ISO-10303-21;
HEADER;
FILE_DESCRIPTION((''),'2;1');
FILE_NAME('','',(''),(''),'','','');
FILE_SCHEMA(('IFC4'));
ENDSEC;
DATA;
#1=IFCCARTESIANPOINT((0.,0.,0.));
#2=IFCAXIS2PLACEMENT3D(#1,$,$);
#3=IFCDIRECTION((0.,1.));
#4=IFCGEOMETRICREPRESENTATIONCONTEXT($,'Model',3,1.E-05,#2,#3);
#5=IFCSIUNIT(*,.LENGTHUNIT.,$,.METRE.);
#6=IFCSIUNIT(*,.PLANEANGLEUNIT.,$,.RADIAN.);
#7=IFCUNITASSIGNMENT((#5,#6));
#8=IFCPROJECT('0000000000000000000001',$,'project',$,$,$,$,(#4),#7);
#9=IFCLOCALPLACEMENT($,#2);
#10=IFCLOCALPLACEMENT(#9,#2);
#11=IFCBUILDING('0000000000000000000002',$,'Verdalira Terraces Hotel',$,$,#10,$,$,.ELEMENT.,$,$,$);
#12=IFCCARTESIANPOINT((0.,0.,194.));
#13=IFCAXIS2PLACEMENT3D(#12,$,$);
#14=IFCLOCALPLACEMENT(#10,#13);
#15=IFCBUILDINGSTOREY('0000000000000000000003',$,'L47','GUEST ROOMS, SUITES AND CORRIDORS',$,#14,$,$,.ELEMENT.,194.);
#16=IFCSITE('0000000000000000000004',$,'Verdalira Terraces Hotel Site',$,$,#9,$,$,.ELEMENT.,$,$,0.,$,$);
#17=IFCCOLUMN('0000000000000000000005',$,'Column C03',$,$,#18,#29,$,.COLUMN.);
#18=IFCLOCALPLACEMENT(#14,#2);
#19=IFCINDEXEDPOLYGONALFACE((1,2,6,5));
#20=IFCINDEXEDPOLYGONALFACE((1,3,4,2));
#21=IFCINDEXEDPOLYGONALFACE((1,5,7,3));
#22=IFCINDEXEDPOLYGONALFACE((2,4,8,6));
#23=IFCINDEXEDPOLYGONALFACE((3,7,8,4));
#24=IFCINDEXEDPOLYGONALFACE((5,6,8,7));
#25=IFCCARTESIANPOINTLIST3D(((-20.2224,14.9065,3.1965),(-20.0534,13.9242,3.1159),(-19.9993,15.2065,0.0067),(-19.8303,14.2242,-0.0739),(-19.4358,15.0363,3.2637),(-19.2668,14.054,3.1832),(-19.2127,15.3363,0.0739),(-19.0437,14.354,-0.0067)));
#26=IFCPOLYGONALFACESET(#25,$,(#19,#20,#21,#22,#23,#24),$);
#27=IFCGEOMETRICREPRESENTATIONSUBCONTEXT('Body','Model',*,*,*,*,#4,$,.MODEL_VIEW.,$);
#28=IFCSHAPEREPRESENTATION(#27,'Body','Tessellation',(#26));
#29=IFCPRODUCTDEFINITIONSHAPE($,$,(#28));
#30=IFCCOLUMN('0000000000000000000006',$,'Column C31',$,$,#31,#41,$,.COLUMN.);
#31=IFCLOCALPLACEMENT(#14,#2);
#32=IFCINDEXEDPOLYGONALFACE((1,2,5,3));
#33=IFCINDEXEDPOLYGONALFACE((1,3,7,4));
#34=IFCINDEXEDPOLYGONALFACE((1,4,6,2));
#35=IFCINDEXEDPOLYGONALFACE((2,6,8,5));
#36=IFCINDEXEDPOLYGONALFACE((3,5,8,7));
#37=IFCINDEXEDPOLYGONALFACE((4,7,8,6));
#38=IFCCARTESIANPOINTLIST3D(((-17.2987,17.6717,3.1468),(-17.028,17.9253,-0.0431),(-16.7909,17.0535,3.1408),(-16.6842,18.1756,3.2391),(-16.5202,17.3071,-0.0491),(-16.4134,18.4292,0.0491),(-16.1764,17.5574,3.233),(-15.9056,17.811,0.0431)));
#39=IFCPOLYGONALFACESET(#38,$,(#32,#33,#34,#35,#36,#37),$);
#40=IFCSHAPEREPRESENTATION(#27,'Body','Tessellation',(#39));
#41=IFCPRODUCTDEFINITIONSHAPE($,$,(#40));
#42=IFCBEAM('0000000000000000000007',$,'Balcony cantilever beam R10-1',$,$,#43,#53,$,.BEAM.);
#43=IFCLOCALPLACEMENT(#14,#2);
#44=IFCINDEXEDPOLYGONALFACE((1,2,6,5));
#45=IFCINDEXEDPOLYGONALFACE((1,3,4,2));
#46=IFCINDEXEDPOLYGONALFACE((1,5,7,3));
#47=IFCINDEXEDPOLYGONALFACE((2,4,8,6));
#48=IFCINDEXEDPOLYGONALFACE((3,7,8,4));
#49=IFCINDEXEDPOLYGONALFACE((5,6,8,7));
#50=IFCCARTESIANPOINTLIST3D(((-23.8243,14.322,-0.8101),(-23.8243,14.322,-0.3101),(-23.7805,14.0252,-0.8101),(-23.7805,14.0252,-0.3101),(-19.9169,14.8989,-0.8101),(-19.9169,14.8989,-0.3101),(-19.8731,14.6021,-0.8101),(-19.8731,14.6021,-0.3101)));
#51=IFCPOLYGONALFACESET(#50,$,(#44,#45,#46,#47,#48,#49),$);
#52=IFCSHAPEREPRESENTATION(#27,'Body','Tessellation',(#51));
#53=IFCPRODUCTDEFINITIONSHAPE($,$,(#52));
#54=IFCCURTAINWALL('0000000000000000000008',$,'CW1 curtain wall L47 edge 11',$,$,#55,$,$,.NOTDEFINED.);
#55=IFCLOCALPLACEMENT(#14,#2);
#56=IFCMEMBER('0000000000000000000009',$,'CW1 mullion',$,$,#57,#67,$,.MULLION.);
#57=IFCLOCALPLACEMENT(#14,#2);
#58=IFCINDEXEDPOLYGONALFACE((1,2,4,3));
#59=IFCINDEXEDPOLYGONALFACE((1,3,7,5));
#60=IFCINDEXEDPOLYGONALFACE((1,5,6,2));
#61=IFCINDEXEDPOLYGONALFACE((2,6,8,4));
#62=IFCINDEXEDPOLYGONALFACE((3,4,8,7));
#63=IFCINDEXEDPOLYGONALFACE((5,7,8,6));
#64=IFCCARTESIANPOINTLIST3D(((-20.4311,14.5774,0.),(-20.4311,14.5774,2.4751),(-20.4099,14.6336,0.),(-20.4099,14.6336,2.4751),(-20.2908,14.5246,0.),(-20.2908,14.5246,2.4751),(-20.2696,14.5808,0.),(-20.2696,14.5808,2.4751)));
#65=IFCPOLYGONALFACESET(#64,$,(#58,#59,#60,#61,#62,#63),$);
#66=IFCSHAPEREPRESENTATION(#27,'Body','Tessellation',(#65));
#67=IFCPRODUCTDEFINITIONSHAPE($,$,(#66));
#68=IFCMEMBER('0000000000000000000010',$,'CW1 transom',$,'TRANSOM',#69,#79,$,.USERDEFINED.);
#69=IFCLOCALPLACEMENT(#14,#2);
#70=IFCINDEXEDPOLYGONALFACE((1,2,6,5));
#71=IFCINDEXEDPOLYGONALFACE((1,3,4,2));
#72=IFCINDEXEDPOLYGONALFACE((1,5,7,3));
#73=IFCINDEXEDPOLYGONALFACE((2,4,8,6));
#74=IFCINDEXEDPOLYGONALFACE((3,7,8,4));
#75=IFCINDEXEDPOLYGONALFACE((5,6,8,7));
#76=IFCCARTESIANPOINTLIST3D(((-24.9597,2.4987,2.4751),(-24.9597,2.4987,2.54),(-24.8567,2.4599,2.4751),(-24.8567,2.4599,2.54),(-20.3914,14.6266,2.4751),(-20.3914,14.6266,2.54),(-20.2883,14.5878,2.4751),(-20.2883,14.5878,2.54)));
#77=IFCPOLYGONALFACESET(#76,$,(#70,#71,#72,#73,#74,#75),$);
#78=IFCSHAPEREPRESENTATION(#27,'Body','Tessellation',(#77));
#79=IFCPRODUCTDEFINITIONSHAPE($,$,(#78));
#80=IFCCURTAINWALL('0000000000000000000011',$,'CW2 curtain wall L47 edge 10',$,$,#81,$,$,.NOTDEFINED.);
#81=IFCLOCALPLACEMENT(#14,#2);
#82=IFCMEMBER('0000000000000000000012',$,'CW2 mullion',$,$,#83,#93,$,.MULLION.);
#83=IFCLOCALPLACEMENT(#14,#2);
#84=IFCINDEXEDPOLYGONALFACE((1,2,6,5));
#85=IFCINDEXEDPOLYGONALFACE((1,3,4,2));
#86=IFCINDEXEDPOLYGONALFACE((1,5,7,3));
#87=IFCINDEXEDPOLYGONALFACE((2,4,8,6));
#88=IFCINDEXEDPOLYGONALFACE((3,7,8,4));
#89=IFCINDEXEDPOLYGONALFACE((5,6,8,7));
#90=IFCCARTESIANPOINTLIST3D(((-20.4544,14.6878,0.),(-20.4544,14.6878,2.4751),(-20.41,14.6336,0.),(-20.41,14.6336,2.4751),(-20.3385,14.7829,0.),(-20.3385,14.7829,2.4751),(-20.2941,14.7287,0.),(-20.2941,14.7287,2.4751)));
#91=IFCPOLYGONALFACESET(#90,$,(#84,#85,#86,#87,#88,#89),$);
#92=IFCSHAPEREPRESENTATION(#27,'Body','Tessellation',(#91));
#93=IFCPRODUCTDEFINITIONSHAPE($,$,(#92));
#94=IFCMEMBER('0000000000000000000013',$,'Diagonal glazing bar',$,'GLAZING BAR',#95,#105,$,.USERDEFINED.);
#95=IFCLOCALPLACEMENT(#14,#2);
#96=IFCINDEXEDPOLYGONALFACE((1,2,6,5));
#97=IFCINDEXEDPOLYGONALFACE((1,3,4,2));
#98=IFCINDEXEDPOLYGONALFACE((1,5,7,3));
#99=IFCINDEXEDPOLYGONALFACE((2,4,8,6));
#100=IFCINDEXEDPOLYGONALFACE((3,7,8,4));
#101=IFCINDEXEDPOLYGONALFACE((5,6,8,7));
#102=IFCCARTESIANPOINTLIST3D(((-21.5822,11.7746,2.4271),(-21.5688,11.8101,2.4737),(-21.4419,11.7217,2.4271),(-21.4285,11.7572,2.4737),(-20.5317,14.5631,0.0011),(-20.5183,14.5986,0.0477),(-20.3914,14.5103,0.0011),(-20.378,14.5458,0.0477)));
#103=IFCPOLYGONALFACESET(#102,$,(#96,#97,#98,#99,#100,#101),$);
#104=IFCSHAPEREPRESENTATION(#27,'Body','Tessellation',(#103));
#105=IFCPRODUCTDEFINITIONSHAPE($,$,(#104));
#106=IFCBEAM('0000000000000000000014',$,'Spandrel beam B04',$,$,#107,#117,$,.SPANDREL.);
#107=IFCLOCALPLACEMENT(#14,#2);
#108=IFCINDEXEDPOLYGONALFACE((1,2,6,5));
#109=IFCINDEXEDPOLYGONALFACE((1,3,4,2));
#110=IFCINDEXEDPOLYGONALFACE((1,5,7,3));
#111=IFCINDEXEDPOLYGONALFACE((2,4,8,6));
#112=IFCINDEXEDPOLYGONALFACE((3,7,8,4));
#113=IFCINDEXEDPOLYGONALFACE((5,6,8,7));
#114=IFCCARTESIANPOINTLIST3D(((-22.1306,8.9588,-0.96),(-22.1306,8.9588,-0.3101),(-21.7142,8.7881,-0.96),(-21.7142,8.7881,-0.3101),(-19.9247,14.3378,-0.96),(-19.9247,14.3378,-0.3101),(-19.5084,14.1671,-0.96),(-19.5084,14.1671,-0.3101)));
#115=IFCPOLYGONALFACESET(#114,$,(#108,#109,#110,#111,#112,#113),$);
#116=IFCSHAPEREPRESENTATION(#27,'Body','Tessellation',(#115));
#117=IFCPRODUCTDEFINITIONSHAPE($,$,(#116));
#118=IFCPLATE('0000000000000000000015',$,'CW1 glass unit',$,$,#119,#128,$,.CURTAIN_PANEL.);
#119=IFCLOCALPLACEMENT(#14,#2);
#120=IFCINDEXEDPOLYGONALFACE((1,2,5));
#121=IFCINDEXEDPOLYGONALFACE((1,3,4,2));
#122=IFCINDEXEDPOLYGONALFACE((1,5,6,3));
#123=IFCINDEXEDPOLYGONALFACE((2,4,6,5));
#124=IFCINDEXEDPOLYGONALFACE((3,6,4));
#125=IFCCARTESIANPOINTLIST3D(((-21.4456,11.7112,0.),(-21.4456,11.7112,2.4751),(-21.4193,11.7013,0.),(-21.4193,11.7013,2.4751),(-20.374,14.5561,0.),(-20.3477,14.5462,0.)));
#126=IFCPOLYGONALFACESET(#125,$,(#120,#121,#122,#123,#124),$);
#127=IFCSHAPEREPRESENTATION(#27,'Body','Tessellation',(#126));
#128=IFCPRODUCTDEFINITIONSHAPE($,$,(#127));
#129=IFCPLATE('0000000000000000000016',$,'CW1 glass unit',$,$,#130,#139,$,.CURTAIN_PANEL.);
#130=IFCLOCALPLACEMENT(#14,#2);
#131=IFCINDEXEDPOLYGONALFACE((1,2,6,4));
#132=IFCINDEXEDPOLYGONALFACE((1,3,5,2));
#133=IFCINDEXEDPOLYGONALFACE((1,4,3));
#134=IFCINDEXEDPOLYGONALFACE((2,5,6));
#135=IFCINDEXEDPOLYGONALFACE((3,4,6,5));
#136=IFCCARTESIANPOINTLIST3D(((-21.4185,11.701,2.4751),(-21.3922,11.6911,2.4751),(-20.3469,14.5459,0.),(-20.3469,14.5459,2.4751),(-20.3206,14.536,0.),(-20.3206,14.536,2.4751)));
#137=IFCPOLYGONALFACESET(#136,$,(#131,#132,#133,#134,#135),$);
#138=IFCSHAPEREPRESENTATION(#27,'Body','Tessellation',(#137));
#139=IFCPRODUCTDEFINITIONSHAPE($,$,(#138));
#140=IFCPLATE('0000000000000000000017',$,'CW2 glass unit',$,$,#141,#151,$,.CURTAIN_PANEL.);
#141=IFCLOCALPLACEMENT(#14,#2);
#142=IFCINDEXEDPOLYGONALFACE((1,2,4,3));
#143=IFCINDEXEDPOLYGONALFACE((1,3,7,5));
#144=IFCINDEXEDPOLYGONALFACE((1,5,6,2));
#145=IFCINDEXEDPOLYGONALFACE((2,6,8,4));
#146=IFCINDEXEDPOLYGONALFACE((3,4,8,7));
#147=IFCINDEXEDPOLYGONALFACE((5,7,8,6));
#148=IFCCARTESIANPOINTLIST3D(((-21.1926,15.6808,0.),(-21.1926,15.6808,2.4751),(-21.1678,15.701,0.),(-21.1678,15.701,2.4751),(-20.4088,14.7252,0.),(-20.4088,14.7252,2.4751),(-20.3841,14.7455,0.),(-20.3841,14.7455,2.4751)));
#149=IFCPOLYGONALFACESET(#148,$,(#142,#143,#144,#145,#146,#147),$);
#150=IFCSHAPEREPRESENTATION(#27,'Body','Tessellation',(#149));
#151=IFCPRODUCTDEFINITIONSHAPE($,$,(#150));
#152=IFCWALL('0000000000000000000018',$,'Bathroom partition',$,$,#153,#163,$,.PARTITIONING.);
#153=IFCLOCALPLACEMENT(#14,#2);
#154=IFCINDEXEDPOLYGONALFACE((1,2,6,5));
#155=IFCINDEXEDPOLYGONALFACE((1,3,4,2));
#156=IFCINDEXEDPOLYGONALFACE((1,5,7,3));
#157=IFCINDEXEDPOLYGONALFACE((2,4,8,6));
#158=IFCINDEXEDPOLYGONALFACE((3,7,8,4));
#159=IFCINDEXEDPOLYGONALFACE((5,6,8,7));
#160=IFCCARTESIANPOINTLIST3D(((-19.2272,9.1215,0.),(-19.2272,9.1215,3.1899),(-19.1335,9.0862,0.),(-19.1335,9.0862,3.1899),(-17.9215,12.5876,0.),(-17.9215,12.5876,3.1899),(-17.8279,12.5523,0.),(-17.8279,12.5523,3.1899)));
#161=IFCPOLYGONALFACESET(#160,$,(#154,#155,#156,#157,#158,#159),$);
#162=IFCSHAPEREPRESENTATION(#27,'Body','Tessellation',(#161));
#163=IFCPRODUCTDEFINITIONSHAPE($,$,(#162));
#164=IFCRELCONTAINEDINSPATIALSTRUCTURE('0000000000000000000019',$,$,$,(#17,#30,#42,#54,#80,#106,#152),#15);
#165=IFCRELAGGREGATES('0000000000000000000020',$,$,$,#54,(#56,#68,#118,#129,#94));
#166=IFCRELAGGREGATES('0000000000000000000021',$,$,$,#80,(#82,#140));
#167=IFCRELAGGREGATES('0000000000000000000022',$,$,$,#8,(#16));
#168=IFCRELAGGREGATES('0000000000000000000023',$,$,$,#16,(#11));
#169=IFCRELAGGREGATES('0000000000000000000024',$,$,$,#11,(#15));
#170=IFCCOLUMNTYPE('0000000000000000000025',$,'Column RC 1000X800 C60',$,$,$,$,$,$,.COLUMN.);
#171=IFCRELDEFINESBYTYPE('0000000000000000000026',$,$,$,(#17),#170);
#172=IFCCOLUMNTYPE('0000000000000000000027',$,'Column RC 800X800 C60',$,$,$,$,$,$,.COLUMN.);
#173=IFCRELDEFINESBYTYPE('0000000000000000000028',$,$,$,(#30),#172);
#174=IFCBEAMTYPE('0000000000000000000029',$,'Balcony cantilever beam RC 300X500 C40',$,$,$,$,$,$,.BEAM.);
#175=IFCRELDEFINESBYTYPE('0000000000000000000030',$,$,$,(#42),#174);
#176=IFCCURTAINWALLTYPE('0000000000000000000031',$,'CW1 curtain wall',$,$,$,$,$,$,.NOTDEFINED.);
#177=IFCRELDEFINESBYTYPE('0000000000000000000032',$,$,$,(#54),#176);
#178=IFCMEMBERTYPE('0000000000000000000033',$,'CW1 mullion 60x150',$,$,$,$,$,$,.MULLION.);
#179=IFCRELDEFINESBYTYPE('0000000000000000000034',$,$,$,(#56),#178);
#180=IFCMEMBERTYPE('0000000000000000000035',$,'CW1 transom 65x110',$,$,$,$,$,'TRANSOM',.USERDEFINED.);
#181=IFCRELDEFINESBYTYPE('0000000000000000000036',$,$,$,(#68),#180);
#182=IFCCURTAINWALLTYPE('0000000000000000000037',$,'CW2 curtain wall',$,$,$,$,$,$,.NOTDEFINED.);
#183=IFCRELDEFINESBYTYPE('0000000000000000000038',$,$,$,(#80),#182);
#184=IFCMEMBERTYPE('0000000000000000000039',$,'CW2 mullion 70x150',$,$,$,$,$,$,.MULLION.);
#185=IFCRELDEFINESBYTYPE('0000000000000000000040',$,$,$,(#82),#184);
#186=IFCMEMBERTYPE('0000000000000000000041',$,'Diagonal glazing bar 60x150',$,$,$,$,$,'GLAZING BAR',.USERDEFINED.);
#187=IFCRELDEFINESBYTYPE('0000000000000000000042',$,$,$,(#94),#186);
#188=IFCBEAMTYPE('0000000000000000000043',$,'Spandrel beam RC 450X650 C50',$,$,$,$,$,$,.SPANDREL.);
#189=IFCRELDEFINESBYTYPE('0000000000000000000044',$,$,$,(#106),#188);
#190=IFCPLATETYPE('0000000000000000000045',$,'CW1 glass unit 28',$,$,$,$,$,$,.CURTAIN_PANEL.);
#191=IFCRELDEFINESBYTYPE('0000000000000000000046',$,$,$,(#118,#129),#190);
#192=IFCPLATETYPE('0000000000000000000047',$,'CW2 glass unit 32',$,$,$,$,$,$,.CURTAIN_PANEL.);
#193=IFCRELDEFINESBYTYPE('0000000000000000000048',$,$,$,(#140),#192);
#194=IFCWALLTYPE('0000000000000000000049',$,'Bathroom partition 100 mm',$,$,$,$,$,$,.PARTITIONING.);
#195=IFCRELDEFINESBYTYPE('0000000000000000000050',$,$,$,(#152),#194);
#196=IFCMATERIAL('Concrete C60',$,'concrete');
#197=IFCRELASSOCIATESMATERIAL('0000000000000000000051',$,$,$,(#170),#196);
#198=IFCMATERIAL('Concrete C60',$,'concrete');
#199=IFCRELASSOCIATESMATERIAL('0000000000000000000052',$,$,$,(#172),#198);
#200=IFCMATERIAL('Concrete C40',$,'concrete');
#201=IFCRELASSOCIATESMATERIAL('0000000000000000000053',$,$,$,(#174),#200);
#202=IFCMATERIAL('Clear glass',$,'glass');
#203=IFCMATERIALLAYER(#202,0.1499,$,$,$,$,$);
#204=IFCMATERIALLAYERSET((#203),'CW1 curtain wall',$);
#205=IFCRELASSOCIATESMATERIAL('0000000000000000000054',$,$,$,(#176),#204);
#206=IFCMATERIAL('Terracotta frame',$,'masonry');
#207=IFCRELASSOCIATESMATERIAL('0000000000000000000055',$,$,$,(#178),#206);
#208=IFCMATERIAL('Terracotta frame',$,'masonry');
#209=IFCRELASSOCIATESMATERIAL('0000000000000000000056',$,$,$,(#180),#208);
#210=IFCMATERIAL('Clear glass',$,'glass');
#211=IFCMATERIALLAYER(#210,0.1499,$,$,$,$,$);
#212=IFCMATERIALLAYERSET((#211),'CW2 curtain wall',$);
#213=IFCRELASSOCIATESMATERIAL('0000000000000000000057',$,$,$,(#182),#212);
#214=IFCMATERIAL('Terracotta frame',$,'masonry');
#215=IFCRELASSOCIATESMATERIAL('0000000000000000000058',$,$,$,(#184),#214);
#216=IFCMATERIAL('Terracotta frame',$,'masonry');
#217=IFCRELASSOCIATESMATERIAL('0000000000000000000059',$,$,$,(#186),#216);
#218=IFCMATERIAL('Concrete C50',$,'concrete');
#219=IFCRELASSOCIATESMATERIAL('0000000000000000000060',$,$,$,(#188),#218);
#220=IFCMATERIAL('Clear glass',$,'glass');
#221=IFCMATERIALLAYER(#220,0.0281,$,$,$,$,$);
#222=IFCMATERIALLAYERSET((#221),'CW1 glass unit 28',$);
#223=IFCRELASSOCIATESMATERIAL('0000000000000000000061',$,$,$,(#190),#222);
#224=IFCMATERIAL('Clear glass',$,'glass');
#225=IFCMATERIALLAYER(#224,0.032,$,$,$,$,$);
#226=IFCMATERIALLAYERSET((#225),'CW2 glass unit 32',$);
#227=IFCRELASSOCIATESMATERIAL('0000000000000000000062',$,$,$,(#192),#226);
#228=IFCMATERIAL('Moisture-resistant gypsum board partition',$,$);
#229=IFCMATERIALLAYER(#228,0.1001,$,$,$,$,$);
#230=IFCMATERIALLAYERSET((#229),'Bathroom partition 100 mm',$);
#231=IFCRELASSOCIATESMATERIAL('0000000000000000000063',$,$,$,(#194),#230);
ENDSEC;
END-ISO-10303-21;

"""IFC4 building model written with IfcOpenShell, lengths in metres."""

from ifc_helpers import new_model, si_unit, direction, frame, frame_2d, origin, origin_2d, place, context, subcontext, project, spatial, polyline, rectangle, outline, extrude, material, layer, layer_set, material_profile, profile_set, type_object, element, aggregate, save


model = new_model("IFC4")

# Units and contexts
model_context = context("Model", 3, precision=1e-05, world=origin(), true_north=direction((0.0, 1.0)))
body_context = subcontext(model_context, "Body", "Model", "MODEL_VIEW")
ifc_project = project(units=[si_unit("LENGTHUNIT", "METRE"), si_unit("PLANEANGLEUNIT", "RADIAN")], contexts=[model_context])

# Site, building, storey
site_placement = place(None, origin())
site = spatial("IfcSite", under=ifc_project, at=site_placement, Name="Verdalira Terraces Hotel Site", CompositionType="ELEMENT", RefElevation=0.0)
building_placement = place(site_placement, origin())
building = spatial("IfcBuilding", under=site, at=building_placement, Name="Verdalira Terraces Hotel", CompositionType="ELEMENT")
storey_placement = place(building_placement, frame((0.0, 0.0, 194.0)))
storey = spatial("IfcBuildingStorey", under=building, at=storey_placement, Name="L47", Description="GUEST ROOMS, SUITES AND CORRIDORS", CompositionType="ELEMENT", Elevation=194.0)

# Columns
ifc_material_1 = material(Name="Concrete C60", Category="concrete")
ifc_material_profile_1 = material_profile(ifc_material_1, rectangle(XDim=1.0, YDim=0.8, at=origin_2d()), Name="RC 1000X800")
ifc_profile_set_1 = profile_set([ifc_material_profile_1], Name="Concrete C60")
column_type_1 = type_object("IfcColumnType", Name="Column RC 1000X800 C60", PredefinedType="COLUMN", material=ifc_profile_set_1)
column_1_placement = place(storey_placement, frame((-19.5215, 14.7803, 0.0), z_axis=(-0.069477, -0.093421, 0.9932), x_axis=(-0.169022, 0.982313, 0.080574)))
element("IfcColumn", 1, at=column_1_placement, inside=storey, type_object=column_type_1, Name="Column C03", PredefinedType="COLUMN", context=body_context, shape_type="SweptSolid", body=[
    extrude(rectangle(XDim=1.0, YDim=0.8, at=origin_2d()), origin(), (0.0, 0.0, 1.0), 3.2117),
])
ifc_material_2 = material(Name="Concrete C60", Category="concrete")
ifc_material_profile_2 = material_profile(ifc_material_2, rectangle(XDim=0.8, YDim=0.8, at=origin_2d()), Name="RC 800X800")
ifc_profile_set_2 = profile_set([ifc_material_profile_2], Name="Concrete C60")
column_type_2 = type_object("IfcColumnType", Name="Column RC 800X800 C60", PredefinedType="COLUMN", material=ifc_profile_set_2)
column_2_placement = place(storey_placement, frame((-16.4668, 17.8682, 0.0), z_axis=(-0.084308, -0.078987, 0.993304), x_axis=(-0.634724, 0.772702, 0.007571)))
element("IfcColumn", 2, at=column_2_placement, inside=storey, type_object=column_type_2, Name="Column C31", PredefinedType="COLUMN", context=body_context, shape_type="SweptSolid", body=[
    extrude(rectangle(XDim=0.8, YDim=0.8, at=origin_2d()), origin(), (0.0, 0.0, 1.0), 3.2114),
])

# Beam
ifc_material_3 = material(Name="Concrete C40", Category="concrete")
ifc_material_profile_3 = material_profile(ifc_material_3, rectangle(XDim=0.3, YDim=0.5, at=origin_2d()), Name="RC 300X500")
ifc_profile_set_3 = profile_set([ifc_material_profile_3], Name="Concrete C40")
beam_type_1 = type_object("IfcBeamType", Name="Balcony cantilever beam RC 300X500 C40", PredefinedType="BEAM", material=ifc_profile_set_3)
beam_1_placement = place(storey_placement, frame((-19.895, 14.7505, -0.5601), z_axis=(-0.989276, -0.146058, 0.0), x_axis=(0.146058, -0.989276, 0.0)))
element("IfcBeam", 3, at=beam_1_placement, inside=storey, type_object=beam_type_1, Name="Balcony cantilever beam R10-1", PredefinedType="BEAM", context=body_context, shape_type="SweptSolid", body=[
    extrude(rectangle(XDim=0.3, YDim=0.5, at=origin_2d()), origin(), (0.0, 0.0, 1.0), 3.9497),
])

# Curtain wall, members
ifc_material_4 = material(Name="Clear glass", Category="glass")
ifc_layer_1 = layer(ifc_material_4, 0.1499)
ifc_layer_set_1 = layer_set([ifc_layer_1], Name="CW1 curtain wall")
curtain_wall_type_1 = type_object("IfcCurtainWallType", Name="CW1 curtain wall", PredefinedType="NOTDEFINED", material=ifc_layer_set_1)
curtain_wall_1_placement = place(storey_placement, origin())
curtain_wall_1 = element("IfcCurtainWall", 4, at=curtain_wall_1_placement, inside=storey, type_object=curtain_wall_type_1, Name="CW1 curtain wall L47 edge 11", PredefinedType="NOTDEFINED")
ifc_material_5 = material(Name="Terracotta frame", Category="masonry")
ifc_material_profile_4 = material_profile(ifc_material_5, rectangle(XDim=0.0601, YDim=0.1499, at=origin_2d()), Name="MU 60x150")
ifc_profile_set_4 = profile_set([ifc_material_profile_4], Name="Terracotta frame")
member_type_1 = type_object("IfcMemberType", Name="CW1 mullion 60x150", PredefinedType="MULLION", material=ifc_profile_set_4)
member_1_placement = place(storey_placement, frame((-20.3503, 14.5791, 0.0), z_axis=(0.0, 0.0, 1.0), x_axis=(-0.352495, -0.935814, 0.0)))
member_1 = element("IfcMember", 5, at=member_1_placement, type_object=member_type_1, Name="CW1 mullion", PredefinedType="MULLION", context=body_context, shape_type="SweptSolid", body=[
    extrude(rectangle(XDim=0.0601, YDim=0.1499, at=origin_2d()), origin(), (0.0, 0.0, 1.0), 2.4751),
])
ifc_material_6 = material(Name="Terracotta frame", Category="masonry")
ifc_material_profile_5 = material_profile(ifc_material_6, rectangle(XDim=0.1101, YDim=0.0649, at=origin_2d()), Name="TR 65x110")
ifc_profile_set_5 = profile_set([ifc_material_profile_5], Name="Terracotta frame")
member_type_2 = type_object("IfcMemberType", Name="CW1 transom 65x110", ElementType="TRANSOM", PredefinedType="USERDEFINED", material=ifc_profile_set_5)
member_2_placement = place(storey_placement, frame((-20.3398, 14.6072, 2.5076), z_axis=(-0.352502, -0.935811, 0.0), x_axis=(0.935811, -0.352502, 0.0)))
member_2 = element("IfcMember", 6, at=member_2_placement, type_object=member_type_2, Name="CW1 transom", ObjectType="TRANSOM", PredefinedType="USERDEFINED", context=body_context, shape_type="SweptSolid", body=[
    extrude(rectangle(XDim=0.1101, YDim=0.0649, at=origin_2d()), origin(), (0.0, 0.0, 1.0), 12.9597),
])

# Curtain wall, member
ifc_material_7 = material(Name="Clear glass", Category="glass")
ifc_layer_2 = layer(ifc_material_7, 0.1499)
ifc_layer_set_2 = layer_set([ifc_layer_2], Name="CW2 curtain wall")
curtain_wall_type_2 = type_object("IfcCurtainWallType", Name="CW2 curtain wall", PredefinedType="NOTDEFINED", material=ifc_layer_set_2)
curtain_wall_2_placement = place(storey_placement, origin())
curtain_wall_2 = element("IfcCurtainWall", 7, at=curtain_wall_2_placement, inside=storey, type_object=curtain_wall_type_2, Name="CW2 curtain wall L47 edge 10", PredefinedType="NOTDEFINED")
ifc_material_8 = material(Name="Terracotta frame", Category="masonry")
ifc_material_profile_6 = material_profile(ifc_material_8, rectangle(XDim=0.0701, YDim=0.1499, at=origin_2d()), Name="MU 70x150")
ifc_profile_set_6 = profile_set([ifc_material_profile_6], Name="Terracotta frame")
member_type_3 = type_object("IfcMemberType", Name="CW2 mullion 70x150", PredefinedType="MULLION", material=ifc_profile_set_6)
member_3_placement = place(storey_placement, frame((-20.3743, 14.7083, 0.0), z_axis=(0.0, 0.0, 1.0), x_axis=(0.634191, -0.773177, 0.0)))
member_3 = element("IfcMember", 8, at=member_3_placement, type_object=member_type_3, Name="CW2 mullion", PredefinedType="MULLION", context=body_context, shape_type="SweptSolid", body=[
    extrude(rectangle(XDim=0.0701, YDim=0.1499, at=origin_2d()), origin(), (0.0, 0.0, 1.0), 2.4751),
])

# Member
ifc_material_9 = material(Name="Terracotta frame", Category="masonry")
ifc_material_profile_7 = material_profile(ifc_material_9, rectangle(XDim=0.1499, YDim=0.0601, at=origin_2d()), Name="GB 60x150")
ifc_profile_set_7 = profile_set([ifc_material_profile_7], Name="Terracotta frame")
member_type_4 = type_object("IfcMemberType", Name="Diagonal glazing bar 60x150", ElementType="GLAZING BAR", PredefinedType="USERDEFINED", material=ifc_profile_set_7)
member_4_placement = place(storey_placement, frame((-20.4548, 14.5544, 0.0244), z_axis=(-0.273394, -0.725705, 0.631354), x_axis=(0.935796, -0.352542, 0.0)))
member_4 = element("IfcMember", 9, at=member_4_placement, type_object=member_type_4, Name="Diagonal glazing bar", ObjectType="GLAZING BAR", PredefinedType="USERDEFINED", context=body_context, shape_type="SweptSolid", body=[
    extrude(rectangle(XDim=0.1499, YDim=0.0601, at=origin_2d()), origin(), (0.0, 0.0, 1.0), 3.8425),
])

# Beam
ifc_material_10 = material(Name="Concrete C50", Category="concrete")
ifc_material_profile_8 = material_profile(ifc_material_10, rectangle(XDim=0.45, YDim=0.6499, at=origin_2d()), Name="RC 450X650")
ifc_profile_set_8 = profile_set([ifc_material_profile_8], Name="Concrete C50")
beam_type_2 = type_object("IfcBeamType", Name="Spandrel beam RC 450X650 C50", PredefinedType="SPANDREL", material=ifc_profile_set_8)
beam_2_placement = place(storey_placement, frame((-19.7166, 14.2524, -0.635), z_axis=(-0.379421, -0.925224, 0.0), x_axis=(0.925224, -0.379421, 0.0)))
element("IfcBeam", 10, at=beam_2_placement, inside=storey, type_object=beam_type_2, Name="Spandrel beam B04", PredefinedType="SPANDREL", context=body_context, shape_type="SweptSolid", body=[
    extrude(rectangle(XDim=0.45, YDim=0.6499, at=origin_2d()), origin(), (0.0, 0.0, 1.0), 5.8137),
])

# Plates
ifc_material_11 = material(Name="Clear glass", Category="glass")
ifc_layer_3 = layer(ifc_material_11, 0.0281)
ifc_layer_set_3 = layer_set([ifc_layer_3], Name="CW1 glass unit 28")
plate_type_1 = type_object("IfcPlateType", Name="CW1 glass unit 28", PredefinedType="CURTAIN_PANEL", material=ifc_layer_set_3)
plate_1_placement = place(storey_placement, frame((-20.8835, 13.1238, 1.2375), z_axis=(-0.935814, 0.352495, 0.0), x_axis=(-0.352495, -0.935814, 0.0)))
plate_1 = element("IfcPlate", 11, at=plate_1_placement, type_object=plate_type_1, Name="CW1 glass unit", PredefinedType="CURTAIN_PANEL", context=body_context, shape_type="SweptSolid", body=[
    extrude(outline(polyline([(-1.52, -1.2375), (1.52, -1.2375), (1.52, 1.2375), (-1.52, -1.2375)])), origin(), (0.0, 0.0, 1.0), 0.0281),
])
plate_2_placement = place(storey_placement, frame((-20.8564, 13.1135, 1.2375), z_axis=(-0.935814, 0.352495, 0.0), x_axis=(-0.352495, -0.935814, 0.0)))
plate_2 = element("IfcPlate", 12, at=plate_2_placement, type_object=plate_type_1, Name="CW1 glass unit", PredefinedType="CURTAIN_PANEL", context=body_context, shape_type="SweptSolid", body=[
    extrude(outline(polyline([(-1.52, -1.2375), (1.52, 1.2375), (-1.52, 1.2375), (-1.52, -1.2375)])), origin(), (0.0, 0.0, 1.0), 0.0281),
])
aggregate(curtain_wall_1, [member_1, member_2, plate_1, plate_2, member_4])
ifc_material_12 = material(Name="Clear glass", Category="glass")
ifc_layer_4 = layer(ifc_material_12, 0.032)
ifc_layer_set_4 = layer_set([ifc_layer_4], Name="CW2 glass unit 32")
plate_type_2 = type_object("IfcPlateType", Name="CW2 glass unit 32", PredefinedType="CURTAIN_PANEL", material=ifc_layer_set_4)
plate_3_placement = place(storey_placement, frame((-20.7883, 15.2131, 0.0), z_axis=(0.0, 0.0, 1.0), x_axis=(0.634191, -0.773177, 0.0)))
plate_3 = element("IfcPlate", 13, at=plate_3_placement, type_object=plate_type_2, Name="CW2 glass unit", PredefinedType="CURTAIN_PANEL", context=body_context, shape_type="SweptSolid", body=[
    extrude(rectangle(XDim=1.2358, YDim=0.032, at=origin_2d()), origin(), (0.0, 0.0, 1.0), 2.4751),
])
aggregate(curtain_wall_2, [member_3, plate_3])

# Wall
ifc_material_13 = material(Name="Moisture-resistant gypsum board partition")
ifc_layer_5 = layer(ifc_material_13, 0.1001)
ifc_layer_set_5 = layer_set([ifc_layer_5], Name="Bathroom partition 100 mm")
wall_type_1 = type_object("IfcWallType", Name="Bathroom partition 100 mm", PredefinedType="PARTITIONING", material=ifc_layer_set_5)
wall_1_placement = place(storey_placement, frame((-19.1804, 9.1038, 0.0), z_axis=(0.0, 0.0, 1.0), x_axis=(0.352517, 0.935805, 0.0)))
element("IfcWall", 14, at=wall_1_placement, inside=storey, type_object=wall_type_1, Name="Bathroom partition", PredefinedType="PARTITIONING", context=body_context, shape_type="SweptSolid", body=[
    extrude(rectangle(XDim=3.7039, YDim=0.1001, at=frame_2d((1.8521, 0.0))), origin(), (0.0, 0.0, 1.0), 3.1899),
])

save(model, "model.ifc")
